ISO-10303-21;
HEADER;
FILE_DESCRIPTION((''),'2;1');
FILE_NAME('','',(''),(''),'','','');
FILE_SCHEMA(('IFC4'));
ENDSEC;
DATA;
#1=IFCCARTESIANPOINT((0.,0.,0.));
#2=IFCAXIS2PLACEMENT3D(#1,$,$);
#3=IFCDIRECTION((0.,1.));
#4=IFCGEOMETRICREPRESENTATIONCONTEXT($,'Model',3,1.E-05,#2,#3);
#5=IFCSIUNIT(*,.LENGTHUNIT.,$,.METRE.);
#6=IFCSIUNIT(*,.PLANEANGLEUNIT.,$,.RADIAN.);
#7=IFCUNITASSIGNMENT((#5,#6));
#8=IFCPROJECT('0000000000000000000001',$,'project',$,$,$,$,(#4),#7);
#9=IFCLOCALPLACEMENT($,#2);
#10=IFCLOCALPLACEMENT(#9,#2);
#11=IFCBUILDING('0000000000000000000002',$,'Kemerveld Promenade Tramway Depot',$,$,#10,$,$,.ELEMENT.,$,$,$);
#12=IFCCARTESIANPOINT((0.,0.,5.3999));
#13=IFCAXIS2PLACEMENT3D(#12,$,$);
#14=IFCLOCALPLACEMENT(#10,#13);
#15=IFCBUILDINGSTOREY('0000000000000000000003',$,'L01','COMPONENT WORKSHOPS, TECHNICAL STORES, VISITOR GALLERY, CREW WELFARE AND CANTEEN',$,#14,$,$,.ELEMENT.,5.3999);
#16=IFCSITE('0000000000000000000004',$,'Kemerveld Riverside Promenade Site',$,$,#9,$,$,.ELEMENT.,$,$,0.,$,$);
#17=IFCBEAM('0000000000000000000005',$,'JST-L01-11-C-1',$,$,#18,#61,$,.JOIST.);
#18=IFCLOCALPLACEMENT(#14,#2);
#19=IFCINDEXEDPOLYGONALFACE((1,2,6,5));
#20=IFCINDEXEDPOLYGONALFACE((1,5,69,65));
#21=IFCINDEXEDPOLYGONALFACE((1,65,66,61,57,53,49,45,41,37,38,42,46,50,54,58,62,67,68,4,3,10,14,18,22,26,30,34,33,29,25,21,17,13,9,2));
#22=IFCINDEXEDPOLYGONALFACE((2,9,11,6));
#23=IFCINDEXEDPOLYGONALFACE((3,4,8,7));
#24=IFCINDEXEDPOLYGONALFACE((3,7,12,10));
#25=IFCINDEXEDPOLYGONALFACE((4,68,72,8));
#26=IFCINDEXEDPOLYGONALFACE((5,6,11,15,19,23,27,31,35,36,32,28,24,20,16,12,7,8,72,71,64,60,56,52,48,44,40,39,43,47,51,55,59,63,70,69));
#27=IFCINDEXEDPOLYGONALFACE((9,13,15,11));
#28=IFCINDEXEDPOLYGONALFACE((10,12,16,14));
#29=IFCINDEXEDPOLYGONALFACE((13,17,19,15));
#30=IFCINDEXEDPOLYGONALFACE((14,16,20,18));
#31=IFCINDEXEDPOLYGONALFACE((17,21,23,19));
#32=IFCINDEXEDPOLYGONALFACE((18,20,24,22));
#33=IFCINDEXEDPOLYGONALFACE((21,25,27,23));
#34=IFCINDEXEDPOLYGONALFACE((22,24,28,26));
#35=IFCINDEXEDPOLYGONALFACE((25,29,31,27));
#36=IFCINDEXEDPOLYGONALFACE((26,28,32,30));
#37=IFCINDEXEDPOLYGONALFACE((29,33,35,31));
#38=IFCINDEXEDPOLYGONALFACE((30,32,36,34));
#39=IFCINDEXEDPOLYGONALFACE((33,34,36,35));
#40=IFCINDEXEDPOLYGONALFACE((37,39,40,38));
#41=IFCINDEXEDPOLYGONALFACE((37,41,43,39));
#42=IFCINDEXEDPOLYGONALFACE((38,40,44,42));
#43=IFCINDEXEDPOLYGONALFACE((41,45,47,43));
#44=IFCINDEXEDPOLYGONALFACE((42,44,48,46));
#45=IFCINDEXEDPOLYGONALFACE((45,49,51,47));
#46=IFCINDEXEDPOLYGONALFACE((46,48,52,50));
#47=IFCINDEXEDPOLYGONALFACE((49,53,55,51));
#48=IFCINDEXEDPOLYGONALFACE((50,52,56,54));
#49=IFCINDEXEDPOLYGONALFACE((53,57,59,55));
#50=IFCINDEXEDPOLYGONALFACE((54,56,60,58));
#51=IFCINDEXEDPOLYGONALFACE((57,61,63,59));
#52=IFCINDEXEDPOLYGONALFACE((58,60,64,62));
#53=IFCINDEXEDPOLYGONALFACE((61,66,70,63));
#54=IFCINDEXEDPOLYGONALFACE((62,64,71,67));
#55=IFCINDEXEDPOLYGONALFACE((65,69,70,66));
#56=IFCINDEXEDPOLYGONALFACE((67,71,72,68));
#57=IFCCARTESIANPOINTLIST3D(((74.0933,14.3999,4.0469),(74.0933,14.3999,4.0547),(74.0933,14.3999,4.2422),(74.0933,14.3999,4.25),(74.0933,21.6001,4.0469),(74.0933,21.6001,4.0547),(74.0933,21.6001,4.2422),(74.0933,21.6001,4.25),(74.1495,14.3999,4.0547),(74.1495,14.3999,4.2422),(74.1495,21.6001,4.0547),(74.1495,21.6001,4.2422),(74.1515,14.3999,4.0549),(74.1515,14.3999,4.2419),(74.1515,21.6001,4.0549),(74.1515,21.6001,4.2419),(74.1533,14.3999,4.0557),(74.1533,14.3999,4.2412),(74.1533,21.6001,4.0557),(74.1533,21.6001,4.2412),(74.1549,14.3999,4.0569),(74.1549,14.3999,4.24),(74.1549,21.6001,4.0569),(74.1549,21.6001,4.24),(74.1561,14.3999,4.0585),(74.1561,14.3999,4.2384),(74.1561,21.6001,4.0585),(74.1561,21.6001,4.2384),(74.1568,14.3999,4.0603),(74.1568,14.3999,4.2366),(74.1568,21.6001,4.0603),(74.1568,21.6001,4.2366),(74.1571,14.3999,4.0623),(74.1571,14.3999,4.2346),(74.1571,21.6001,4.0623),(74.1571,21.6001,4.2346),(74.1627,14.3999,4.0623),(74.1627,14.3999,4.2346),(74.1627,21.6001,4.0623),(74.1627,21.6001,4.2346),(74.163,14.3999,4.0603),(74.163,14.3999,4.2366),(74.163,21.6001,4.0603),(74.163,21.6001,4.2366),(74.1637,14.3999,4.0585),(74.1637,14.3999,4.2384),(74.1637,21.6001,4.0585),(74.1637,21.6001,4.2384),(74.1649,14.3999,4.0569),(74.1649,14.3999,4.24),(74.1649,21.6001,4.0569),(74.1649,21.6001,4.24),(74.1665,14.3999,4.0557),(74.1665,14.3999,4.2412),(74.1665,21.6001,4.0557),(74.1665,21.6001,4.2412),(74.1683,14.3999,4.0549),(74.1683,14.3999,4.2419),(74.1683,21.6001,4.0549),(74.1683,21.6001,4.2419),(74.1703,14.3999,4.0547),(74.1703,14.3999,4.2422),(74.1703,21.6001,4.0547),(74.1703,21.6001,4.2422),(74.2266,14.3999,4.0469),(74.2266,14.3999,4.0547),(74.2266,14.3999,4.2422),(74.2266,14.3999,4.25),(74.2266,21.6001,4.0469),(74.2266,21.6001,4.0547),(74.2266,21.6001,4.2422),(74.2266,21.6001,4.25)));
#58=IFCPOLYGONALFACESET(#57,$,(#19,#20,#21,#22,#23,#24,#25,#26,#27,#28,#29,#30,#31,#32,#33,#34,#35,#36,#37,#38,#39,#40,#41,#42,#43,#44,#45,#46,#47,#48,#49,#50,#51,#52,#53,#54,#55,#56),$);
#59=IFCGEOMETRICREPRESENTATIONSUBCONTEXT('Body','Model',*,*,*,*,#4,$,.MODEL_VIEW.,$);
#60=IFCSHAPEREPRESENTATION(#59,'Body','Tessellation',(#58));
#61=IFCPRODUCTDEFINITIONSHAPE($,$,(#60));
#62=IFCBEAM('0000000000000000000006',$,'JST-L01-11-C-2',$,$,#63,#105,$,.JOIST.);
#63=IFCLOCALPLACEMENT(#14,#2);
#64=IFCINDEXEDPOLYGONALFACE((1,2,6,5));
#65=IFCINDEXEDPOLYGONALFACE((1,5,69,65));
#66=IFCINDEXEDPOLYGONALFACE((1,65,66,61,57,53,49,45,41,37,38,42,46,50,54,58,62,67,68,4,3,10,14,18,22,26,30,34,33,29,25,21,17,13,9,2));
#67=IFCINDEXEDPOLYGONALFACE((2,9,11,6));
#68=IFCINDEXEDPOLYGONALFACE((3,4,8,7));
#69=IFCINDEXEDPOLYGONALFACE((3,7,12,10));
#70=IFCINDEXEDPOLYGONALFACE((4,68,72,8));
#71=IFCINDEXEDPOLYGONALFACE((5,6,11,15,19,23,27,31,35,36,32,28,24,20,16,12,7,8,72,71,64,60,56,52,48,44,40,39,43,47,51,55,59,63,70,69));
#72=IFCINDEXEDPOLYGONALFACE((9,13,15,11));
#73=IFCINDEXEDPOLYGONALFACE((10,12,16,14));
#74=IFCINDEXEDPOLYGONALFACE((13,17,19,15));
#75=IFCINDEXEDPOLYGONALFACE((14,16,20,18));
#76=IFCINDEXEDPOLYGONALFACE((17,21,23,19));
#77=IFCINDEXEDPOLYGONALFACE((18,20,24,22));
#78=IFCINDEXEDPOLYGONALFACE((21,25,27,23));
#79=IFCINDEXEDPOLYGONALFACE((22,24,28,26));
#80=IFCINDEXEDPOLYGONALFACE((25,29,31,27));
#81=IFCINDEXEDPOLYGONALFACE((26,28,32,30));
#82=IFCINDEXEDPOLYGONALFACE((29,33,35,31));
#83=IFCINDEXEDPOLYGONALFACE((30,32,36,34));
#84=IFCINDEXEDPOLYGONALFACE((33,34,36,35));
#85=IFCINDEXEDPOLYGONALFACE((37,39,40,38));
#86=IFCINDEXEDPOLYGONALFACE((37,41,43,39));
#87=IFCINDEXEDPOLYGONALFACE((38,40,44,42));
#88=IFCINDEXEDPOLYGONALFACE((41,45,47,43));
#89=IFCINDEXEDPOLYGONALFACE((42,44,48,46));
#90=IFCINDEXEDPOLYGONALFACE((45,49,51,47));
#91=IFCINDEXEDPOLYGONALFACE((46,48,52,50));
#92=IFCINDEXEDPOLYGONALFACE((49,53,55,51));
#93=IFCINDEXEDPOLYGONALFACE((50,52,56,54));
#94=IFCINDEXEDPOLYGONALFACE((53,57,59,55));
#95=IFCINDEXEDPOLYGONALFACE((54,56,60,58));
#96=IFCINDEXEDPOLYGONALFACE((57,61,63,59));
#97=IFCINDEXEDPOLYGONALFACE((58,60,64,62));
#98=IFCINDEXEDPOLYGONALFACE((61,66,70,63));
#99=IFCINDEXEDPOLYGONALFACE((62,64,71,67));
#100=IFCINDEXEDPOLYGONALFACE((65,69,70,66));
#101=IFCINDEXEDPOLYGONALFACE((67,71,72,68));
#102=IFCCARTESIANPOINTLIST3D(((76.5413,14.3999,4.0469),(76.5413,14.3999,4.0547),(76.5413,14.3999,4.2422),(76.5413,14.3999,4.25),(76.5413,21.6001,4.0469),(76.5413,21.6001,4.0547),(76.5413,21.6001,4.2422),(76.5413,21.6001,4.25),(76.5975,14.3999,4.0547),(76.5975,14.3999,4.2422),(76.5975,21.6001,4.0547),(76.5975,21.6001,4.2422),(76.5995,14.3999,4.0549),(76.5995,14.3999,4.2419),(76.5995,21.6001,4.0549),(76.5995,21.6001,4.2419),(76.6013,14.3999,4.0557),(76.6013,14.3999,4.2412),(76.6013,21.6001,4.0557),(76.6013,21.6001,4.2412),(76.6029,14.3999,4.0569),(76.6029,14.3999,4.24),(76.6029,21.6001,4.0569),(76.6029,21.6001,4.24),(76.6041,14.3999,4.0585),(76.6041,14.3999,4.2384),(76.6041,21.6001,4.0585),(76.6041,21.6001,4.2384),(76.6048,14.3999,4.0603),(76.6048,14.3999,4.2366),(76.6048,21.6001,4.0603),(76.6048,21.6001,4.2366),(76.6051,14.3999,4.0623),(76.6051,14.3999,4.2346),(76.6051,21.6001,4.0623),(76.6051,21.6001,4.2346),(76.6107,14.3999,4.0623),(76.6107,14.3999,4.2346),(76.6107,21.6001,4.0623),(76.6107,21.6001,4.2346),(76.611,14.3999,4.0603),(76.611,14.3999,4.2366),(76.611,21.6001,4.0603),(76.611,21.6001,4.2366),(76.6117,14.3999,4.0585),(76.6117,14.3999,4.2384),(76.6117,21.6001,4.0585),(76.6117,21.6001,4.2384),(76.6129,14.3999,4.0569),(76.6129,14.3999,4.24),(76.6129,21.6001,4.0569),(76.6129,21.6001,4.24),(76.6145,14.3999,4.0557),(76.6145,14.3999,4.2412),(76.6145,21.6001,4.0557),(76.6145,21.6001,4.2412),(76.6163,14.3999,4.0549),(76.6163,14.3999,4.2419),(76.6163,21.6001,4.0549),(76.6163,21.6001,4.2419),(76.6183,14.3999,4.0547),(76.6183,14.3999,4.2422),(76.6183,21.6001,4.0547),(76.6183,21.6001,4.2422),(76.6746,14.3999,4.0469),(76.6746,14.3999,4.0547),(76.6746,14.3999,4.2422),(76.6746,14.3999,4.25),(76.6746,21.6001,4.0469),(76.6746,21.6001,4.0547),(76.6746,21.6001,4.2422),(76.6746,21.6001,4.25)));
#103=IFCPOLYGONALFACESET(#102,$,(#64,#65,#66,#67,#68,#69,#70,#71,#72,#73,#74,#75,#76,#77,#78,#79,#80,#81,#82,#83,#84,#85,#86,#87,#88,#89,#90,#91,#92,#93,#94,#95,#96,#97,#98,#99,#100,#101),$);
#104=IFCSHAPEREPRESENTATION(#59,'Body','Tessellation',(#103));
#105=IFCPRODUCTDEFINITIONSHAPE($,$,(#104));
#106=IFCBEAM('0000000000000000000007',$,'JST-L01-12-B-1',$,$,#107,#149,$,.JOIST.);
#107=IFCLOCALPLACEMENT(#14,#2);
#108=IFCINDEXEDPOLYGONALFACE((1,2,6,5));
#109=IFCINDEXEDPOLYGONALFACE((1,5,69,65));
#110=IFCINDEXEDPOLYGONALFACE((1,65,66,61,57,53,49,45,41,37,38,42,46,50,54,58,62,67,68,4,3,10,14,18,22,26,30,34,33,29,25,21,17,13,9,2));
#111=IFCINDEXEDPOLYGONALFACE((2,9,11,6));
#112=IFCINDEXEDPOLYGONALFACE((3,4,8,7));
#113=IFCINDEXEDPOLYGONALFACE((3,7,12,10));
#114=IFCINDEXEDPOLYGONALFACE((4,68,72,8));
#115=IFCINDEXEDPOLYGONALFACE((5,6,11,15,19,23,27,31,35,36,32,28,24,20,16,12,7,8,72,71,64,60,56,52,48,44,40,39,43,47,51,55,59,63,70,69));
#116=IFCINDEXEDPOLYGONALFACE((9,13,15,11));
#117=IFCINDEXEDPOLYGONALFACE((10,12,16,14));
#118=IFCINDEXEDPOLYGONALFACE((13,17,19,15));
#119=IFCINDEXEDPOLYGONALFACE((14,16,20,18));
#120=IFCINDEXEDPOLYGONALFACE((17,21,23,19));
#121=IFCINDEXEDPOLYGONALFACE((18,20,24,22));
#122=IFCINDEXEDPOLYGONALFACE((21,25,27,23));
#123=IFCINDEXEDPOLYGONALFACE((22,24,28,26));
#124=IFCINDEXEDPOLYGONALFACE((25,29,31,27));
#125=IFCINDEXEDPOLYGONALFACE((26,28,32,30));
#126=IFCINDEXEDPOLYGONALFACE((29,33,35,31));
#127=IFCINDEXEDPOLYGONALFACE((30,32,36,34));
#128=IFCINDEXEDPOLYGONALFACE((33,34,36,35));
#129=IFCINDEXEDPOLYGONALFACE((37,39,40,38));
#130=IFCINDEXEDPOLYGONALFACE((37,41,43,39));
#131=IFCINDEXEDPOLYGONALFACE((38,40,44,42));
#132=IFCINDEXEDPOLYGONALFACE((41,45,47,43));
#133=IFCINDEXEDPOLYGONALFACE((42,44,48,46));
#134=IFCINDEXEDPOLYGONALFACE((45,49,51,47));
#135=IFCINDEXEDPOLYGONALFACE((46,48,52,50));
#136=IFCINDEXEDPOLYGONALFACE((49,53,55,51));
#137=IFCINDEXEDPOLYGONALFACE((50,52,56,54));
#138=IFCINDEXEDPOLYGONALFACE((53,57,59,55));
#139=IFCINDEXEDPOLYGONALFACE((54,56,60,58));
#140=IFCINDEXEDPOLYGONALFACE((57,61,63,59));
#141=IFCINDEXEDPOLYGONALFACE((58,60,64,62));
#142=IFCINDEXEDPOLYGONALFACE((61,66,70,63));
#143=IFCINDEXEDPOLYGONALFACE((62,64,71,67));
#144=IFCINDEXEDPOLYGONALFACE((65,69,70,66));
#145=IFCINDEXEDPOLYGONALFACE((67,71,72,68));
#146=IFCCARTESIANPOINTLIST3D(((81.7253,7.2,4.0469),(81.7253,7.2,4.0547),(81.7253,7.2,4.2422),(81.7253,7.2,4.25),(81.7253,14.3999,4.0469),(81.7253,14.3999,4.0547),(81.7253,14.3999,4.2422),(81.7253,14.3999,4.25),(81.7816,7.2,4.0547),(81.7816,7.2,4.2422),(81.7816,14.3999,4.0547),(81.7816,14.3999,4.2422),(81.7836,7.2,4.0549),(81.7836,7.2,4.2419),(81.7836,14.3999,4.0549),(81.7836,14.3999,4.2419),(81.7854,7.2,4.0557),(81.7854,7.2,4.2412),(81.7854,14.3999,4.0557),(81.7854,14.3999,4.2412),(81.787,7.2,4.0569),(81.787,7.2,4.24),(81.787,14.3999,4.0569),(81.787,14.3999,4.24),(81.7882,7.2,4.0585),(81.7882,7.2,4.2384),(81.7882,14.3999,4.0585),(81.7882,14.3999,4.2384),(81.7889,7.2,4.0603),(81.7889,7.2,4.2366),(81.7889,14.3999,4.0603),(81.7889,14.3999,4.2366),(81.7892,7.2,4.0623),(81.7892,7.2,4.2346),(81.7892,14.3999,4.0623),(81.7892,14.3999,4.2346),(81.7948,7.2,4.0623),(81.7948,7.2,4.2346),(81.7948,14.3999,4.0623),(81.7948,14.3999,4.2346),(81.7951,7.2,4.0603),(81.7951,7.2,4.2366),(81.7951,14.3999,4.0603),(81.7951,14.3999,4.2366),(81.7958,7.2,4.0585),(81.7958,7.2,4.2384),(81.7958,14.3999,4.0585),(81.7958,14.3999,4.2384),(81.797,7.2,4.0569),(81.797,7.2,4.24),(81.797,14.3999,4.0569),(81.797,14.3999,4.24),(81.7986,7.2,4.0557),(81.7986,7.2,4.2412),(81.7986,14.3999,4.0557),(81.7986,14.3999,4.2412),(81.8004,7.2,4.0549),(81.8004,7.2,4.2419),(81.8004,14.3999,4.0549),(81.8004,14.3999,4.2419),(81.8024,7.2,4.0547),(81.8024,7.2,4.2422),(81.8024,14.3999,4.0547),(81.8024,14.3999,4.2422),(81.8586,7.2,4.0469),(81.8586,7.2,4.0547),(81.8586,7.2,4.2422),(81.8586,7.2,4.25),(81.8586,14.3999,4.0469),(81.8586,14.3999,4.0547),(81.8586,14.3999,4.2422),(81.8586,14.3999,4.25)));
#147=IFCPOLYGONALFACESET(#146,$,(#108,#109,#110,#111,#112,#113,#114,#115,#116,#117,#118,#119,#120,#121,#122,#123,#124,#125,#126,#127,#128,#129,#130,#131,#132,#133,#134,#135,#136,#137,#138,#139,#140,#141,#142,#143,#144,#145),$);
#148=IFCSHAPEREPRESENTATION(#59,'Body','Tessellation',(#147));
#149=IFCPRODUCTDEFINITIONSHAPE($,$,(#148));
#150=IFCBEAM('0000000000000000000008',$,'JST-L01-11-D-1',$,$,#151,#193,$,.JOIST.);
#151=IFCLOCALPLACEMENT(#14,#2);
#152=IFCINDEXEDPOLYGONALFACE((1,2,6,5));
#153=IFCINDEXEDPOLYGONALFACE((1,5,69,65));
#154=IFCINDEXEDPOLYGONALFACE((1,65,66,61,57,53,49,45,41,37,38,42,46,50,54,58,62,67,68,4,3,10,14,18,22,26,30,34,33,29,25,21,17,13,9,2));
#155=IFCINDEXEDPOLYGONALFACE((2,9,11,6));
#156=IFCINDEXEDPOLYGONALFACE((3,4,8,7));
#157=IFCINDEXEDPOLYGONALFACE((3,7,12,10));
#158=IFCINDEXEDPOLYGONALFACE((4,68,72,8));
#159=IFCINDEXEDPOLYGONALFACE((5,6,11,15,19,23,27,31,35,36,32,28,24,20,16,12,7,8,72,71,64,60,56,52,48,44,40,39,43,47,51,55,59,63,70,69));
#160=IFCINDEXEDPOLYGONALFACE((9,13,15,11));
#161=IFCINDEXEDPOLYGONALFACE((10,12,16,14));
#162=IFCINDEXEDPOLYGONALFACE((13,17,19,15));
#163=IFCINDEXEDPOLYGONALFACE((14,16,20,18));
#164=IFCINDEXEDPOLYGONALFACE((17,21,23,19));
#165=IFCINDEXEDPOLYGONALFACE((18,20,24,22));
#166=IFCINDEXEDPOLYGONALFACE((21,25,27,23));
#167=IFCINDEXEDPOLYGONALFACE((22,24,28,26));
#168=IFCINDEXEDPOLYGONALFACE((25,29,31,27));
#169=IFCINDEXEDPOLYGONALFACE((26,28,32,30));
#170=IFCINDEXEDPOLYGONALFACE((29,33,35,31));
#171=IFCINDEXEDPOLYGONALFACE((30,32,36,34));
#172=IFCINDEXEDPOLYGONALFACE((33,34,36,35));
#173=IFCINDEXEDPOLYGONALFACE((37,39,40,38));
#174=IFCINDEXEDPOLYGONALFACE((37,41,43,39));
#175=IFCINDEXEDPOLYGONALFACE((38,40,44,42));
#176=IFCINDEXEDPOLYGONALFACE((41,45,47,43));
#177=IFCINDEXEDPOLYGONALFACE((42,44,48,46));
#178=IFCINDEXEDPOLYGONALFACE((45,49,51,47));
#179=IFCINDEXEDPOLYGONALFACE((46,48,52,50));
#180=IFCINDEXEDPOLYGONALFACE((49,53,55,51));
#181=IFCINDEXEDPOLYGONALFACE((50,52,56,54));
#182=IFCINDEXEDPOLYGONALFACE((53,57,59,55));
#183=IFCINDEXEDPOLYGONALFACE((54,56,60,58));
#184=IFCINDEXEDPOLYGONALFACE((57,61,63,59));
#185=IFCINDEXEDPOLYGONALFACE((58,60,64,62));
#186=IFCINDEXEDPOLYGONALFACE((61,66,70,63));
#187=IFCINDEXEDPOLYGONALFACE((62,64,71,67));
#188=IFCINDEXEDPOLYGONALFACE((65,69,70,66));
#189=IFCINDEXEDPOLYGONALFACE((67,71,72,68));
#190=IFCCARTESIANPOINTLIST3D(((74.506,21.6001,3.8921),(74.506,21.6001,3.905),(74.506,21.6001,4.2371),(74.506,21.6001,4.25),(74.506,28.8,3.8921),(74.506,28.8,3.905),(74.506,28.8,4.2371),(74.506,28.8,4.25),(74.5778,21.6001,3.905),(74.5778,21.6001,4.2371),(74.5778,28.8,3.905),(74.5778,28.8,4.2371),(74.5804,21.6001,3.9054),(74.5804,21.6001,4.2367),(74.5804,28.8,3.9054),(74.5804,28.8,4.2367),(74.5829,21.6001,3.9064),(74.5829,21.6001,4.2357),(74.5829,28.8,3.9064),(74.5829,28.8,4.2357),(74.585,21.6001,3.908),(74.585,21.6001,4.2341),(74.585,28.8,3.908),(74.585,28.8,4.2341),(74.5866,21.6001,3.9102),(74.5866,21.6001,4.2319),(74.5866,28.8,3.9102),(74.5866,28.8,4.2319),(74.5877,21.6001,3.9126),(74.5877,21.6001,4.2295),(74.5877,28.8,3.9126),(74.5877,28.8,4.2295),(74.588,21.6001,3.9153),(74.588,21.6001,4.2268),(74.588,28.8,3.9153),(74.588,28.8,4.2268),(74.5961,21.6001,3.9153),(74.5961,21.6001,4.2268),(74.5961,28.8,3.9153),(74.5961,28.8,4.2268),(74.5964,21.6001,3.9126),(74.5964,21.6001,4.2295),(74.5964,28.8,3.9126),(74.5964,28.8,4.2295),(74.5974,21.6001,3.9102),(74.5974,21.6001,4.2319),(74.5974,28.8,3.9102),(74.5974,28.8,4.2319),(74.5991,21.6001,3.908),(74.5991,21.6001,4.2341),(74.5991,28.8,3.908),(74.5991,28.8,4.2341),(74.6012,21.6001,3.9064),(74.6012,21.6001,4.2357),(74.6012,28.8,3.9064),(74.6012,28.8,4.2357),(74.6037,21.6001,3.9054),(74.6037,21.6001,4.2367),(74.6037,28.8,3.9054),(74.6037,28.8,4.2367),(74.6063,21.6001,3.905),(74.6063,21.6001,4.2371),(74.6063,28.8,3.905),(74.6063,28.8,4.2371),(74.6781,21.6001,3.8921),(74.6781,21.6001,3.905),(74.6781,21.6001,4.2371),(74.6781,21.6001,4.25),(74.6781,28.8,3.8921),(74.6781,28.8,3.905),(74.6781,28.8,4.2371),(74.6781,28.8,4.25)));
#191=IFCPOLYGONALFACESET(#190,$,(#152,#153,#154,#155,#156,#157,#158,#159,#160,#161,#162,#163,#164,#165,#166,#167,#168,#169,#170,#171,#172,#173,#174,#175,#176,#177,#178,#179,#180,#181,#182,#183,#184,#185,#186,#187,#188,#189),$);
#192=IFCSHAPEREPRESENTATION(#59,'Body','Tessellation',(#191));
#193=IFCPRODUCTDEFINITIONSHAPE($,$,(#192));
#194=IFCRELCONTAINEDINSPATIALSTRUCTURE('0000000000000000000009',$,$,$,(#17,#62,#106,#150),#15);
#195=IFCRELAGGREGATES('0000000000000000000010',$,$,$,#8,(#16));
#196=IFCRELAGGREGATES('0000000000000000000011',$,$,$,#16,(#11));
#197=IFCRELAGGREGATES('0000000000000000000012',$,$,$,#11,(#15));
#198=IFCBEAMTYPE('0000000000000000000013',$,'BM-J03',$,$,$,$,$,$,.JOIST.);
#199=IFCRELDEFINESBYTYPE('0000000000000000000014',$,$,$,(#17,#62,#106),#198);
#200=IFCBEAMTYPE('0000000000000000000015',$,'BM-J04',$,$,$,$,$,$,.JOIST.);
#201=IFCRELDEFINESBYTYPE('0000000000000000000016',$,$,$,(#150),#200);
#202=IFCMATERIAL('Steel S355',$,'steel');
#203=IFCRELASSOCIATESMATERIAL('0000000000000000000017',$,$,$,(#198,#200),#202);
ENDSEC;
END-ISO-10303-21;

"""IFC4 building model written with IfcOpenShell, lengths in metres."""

from ifc_helpers import new_model, si_unit, direction, frame, origin, origin_2d, place, context, subcontext, project, spatial, i_section, extrude, material, material_profile, profile_set, type_object, element, save


model = new_model("IFC4")

# Units and contexts
model_context = context("Model", 3, precision=1e-05, world=origin(), true_north=direction((0.0, 1.0)))
body_context = subcontext(model_context, "Body", "Model", "MODEL_VIEW")
ifc_project = project(units=[si_unit("LENGTHUNIT", "METRE"), si_unit("PLANEANGLEUNIT", "RADIAN")], contexts=[model_context])

# Site, building, storey
site_placement = place(None, origin())
site = spatial("IfcSite", under=ifc_project, at=site_placement, Name="Kemerveld Riverside Promenade Site", CompositionType="ELEMENT", RefElevation=0.0)
building_placement = place(site_placement, origin())
building = spatial("IfcBuilding", under=site, at=building_placement, Name="Kemerveld Promenade Tramway Depot", CompositionType="ELEMENT")
storey_placement = place(building_placement, frame((0.0, 0.0, 5.3999)))
storey = spatial("IfcBuildingStorey", under=building, at=storey_placement, Name="L01", Description="COMPONENT WORKSHOPS, TECHNICAL STORES, VISITOR GALLERY, CREW WELFARE AND CANTEEN", CompositionType="ELEMENT", Elevation=5.3999)

# Shared definitions
ifc_material_1 = material(Name="Steel S355", Category="steel")

# Beams
ifc_material_profile_1 = material_profile(ifc_material_1, i_section(OverallWidth=0.1333, OverallDepth=0.2031, WebThickness=0.0056, FlangeThickness=0.0078, FilletRadius=0.0076, at=origin_2d()), Name="203x133x25 UB")
ifc_profile_set_1 = profile_set([ifc_material_profile_1], Name="Steel S355")
beam_type_1 = type_object("IfcBeamType", Name="BM-J03", PredefinedType="JOIST", material=ifc_profile_set_1)
for number, where, z_axis, x_axis, name in (
    (1, (74.1599, 14.3999, 4.1484), (0.0, 1.0, 0.0), (-1.0, 0.0, 0.0), "JST-L01-11-C-1"),
    (2, (76.6079, 14.3999, 4.1484), (0.0, 1.0, 0.0), (-1.0, 0.0, 0.0), "JST-L01-11-C-2"),
):
    element("IfcBeam", number, at=place(storey_placement, frame(where, z_axis=z_axis, x_axis=x_axis)), inside=storey, type_object=beam_type_1, Name=name, PredefinedType="JOIST", context=body_context, shape_type="SweptSolid", body=[
        extrude(i_section(OverallWidth=0.1333, OverallDepth=0.2031, WebThickness=0.0056, FlangeThickness=0.0078, FilletRadius=0.0076, at=origin_2d()), origin(), (0.0, 0.0, 1.0), 7.2002),
    ])
beam_1_placement = place(storey_placement, frame((81.792, 7.2, 4.1484), z_axis=(0.0, 1.0, 0.0), x_axis=(-1.0, 0.0, 0.0)))
element("IfcBeam", 3, at=beam_1_placement, inside=storey, type_object=beam_type_1, Name="JST-L01-12-B-1", PredefinedType="JOIST", context=body_context, shape_type="SweptSolid", body=[
    extrude(i_section(OverallWidth=0.1333, OverallDepth=0.2031, WebThickness=0.0056, FlangeThickness=0.0078, FilletRadius=0.0076, at=origin_2d()), origin(), (0.0, 0.0, 1.0), 7.2),
])
ifc_material_profile_2 = material_profile(ifc_material_1, i_section(OverallWidth=0.1721, OverallDepth=0.3579, WebThickness=0.0081, FlangeThickness=0.0129, FilletRadius=0.0103, at=origin_2d()), Name="356x171x57 UB")
ifc_profile_set_2 = profile_set([ifc_material_profile_2], Name="Steel S355")
beam_type_2 = type_object("IfcBeamType", Name="BM-J04", PredefinedType="JOIST", material=ifc_profile_set_2)
for number, where, z_axis, x_axis, name in (
    (4, (74.592, 21.6001, 4.071), (0.0, 1.0, 0.0), (-1.0, 0.0, 0.0), "JST-L01-11-D-1"),
):
    element("IfcBeam", number, at=place(storey_placement, frame(where, z_axis=z_axis, x_axis=x_axis)), inside=storey, type_object=beam_type_2, Name=name, PredefinedType="JOIST", context=body_context, shape_type="SweptSolid", body=[
        extrude(i_section(OverallWidth=0.1721, OverallDepth=0.3579, WebThickness=0.0081, FlangeThickness=0.0129, FilletRadius=0.0103, at=origin_2d()), origin(), (0.0, 0.0, 1.0), 7.2),
    ])

save(model, "model.ifc")
